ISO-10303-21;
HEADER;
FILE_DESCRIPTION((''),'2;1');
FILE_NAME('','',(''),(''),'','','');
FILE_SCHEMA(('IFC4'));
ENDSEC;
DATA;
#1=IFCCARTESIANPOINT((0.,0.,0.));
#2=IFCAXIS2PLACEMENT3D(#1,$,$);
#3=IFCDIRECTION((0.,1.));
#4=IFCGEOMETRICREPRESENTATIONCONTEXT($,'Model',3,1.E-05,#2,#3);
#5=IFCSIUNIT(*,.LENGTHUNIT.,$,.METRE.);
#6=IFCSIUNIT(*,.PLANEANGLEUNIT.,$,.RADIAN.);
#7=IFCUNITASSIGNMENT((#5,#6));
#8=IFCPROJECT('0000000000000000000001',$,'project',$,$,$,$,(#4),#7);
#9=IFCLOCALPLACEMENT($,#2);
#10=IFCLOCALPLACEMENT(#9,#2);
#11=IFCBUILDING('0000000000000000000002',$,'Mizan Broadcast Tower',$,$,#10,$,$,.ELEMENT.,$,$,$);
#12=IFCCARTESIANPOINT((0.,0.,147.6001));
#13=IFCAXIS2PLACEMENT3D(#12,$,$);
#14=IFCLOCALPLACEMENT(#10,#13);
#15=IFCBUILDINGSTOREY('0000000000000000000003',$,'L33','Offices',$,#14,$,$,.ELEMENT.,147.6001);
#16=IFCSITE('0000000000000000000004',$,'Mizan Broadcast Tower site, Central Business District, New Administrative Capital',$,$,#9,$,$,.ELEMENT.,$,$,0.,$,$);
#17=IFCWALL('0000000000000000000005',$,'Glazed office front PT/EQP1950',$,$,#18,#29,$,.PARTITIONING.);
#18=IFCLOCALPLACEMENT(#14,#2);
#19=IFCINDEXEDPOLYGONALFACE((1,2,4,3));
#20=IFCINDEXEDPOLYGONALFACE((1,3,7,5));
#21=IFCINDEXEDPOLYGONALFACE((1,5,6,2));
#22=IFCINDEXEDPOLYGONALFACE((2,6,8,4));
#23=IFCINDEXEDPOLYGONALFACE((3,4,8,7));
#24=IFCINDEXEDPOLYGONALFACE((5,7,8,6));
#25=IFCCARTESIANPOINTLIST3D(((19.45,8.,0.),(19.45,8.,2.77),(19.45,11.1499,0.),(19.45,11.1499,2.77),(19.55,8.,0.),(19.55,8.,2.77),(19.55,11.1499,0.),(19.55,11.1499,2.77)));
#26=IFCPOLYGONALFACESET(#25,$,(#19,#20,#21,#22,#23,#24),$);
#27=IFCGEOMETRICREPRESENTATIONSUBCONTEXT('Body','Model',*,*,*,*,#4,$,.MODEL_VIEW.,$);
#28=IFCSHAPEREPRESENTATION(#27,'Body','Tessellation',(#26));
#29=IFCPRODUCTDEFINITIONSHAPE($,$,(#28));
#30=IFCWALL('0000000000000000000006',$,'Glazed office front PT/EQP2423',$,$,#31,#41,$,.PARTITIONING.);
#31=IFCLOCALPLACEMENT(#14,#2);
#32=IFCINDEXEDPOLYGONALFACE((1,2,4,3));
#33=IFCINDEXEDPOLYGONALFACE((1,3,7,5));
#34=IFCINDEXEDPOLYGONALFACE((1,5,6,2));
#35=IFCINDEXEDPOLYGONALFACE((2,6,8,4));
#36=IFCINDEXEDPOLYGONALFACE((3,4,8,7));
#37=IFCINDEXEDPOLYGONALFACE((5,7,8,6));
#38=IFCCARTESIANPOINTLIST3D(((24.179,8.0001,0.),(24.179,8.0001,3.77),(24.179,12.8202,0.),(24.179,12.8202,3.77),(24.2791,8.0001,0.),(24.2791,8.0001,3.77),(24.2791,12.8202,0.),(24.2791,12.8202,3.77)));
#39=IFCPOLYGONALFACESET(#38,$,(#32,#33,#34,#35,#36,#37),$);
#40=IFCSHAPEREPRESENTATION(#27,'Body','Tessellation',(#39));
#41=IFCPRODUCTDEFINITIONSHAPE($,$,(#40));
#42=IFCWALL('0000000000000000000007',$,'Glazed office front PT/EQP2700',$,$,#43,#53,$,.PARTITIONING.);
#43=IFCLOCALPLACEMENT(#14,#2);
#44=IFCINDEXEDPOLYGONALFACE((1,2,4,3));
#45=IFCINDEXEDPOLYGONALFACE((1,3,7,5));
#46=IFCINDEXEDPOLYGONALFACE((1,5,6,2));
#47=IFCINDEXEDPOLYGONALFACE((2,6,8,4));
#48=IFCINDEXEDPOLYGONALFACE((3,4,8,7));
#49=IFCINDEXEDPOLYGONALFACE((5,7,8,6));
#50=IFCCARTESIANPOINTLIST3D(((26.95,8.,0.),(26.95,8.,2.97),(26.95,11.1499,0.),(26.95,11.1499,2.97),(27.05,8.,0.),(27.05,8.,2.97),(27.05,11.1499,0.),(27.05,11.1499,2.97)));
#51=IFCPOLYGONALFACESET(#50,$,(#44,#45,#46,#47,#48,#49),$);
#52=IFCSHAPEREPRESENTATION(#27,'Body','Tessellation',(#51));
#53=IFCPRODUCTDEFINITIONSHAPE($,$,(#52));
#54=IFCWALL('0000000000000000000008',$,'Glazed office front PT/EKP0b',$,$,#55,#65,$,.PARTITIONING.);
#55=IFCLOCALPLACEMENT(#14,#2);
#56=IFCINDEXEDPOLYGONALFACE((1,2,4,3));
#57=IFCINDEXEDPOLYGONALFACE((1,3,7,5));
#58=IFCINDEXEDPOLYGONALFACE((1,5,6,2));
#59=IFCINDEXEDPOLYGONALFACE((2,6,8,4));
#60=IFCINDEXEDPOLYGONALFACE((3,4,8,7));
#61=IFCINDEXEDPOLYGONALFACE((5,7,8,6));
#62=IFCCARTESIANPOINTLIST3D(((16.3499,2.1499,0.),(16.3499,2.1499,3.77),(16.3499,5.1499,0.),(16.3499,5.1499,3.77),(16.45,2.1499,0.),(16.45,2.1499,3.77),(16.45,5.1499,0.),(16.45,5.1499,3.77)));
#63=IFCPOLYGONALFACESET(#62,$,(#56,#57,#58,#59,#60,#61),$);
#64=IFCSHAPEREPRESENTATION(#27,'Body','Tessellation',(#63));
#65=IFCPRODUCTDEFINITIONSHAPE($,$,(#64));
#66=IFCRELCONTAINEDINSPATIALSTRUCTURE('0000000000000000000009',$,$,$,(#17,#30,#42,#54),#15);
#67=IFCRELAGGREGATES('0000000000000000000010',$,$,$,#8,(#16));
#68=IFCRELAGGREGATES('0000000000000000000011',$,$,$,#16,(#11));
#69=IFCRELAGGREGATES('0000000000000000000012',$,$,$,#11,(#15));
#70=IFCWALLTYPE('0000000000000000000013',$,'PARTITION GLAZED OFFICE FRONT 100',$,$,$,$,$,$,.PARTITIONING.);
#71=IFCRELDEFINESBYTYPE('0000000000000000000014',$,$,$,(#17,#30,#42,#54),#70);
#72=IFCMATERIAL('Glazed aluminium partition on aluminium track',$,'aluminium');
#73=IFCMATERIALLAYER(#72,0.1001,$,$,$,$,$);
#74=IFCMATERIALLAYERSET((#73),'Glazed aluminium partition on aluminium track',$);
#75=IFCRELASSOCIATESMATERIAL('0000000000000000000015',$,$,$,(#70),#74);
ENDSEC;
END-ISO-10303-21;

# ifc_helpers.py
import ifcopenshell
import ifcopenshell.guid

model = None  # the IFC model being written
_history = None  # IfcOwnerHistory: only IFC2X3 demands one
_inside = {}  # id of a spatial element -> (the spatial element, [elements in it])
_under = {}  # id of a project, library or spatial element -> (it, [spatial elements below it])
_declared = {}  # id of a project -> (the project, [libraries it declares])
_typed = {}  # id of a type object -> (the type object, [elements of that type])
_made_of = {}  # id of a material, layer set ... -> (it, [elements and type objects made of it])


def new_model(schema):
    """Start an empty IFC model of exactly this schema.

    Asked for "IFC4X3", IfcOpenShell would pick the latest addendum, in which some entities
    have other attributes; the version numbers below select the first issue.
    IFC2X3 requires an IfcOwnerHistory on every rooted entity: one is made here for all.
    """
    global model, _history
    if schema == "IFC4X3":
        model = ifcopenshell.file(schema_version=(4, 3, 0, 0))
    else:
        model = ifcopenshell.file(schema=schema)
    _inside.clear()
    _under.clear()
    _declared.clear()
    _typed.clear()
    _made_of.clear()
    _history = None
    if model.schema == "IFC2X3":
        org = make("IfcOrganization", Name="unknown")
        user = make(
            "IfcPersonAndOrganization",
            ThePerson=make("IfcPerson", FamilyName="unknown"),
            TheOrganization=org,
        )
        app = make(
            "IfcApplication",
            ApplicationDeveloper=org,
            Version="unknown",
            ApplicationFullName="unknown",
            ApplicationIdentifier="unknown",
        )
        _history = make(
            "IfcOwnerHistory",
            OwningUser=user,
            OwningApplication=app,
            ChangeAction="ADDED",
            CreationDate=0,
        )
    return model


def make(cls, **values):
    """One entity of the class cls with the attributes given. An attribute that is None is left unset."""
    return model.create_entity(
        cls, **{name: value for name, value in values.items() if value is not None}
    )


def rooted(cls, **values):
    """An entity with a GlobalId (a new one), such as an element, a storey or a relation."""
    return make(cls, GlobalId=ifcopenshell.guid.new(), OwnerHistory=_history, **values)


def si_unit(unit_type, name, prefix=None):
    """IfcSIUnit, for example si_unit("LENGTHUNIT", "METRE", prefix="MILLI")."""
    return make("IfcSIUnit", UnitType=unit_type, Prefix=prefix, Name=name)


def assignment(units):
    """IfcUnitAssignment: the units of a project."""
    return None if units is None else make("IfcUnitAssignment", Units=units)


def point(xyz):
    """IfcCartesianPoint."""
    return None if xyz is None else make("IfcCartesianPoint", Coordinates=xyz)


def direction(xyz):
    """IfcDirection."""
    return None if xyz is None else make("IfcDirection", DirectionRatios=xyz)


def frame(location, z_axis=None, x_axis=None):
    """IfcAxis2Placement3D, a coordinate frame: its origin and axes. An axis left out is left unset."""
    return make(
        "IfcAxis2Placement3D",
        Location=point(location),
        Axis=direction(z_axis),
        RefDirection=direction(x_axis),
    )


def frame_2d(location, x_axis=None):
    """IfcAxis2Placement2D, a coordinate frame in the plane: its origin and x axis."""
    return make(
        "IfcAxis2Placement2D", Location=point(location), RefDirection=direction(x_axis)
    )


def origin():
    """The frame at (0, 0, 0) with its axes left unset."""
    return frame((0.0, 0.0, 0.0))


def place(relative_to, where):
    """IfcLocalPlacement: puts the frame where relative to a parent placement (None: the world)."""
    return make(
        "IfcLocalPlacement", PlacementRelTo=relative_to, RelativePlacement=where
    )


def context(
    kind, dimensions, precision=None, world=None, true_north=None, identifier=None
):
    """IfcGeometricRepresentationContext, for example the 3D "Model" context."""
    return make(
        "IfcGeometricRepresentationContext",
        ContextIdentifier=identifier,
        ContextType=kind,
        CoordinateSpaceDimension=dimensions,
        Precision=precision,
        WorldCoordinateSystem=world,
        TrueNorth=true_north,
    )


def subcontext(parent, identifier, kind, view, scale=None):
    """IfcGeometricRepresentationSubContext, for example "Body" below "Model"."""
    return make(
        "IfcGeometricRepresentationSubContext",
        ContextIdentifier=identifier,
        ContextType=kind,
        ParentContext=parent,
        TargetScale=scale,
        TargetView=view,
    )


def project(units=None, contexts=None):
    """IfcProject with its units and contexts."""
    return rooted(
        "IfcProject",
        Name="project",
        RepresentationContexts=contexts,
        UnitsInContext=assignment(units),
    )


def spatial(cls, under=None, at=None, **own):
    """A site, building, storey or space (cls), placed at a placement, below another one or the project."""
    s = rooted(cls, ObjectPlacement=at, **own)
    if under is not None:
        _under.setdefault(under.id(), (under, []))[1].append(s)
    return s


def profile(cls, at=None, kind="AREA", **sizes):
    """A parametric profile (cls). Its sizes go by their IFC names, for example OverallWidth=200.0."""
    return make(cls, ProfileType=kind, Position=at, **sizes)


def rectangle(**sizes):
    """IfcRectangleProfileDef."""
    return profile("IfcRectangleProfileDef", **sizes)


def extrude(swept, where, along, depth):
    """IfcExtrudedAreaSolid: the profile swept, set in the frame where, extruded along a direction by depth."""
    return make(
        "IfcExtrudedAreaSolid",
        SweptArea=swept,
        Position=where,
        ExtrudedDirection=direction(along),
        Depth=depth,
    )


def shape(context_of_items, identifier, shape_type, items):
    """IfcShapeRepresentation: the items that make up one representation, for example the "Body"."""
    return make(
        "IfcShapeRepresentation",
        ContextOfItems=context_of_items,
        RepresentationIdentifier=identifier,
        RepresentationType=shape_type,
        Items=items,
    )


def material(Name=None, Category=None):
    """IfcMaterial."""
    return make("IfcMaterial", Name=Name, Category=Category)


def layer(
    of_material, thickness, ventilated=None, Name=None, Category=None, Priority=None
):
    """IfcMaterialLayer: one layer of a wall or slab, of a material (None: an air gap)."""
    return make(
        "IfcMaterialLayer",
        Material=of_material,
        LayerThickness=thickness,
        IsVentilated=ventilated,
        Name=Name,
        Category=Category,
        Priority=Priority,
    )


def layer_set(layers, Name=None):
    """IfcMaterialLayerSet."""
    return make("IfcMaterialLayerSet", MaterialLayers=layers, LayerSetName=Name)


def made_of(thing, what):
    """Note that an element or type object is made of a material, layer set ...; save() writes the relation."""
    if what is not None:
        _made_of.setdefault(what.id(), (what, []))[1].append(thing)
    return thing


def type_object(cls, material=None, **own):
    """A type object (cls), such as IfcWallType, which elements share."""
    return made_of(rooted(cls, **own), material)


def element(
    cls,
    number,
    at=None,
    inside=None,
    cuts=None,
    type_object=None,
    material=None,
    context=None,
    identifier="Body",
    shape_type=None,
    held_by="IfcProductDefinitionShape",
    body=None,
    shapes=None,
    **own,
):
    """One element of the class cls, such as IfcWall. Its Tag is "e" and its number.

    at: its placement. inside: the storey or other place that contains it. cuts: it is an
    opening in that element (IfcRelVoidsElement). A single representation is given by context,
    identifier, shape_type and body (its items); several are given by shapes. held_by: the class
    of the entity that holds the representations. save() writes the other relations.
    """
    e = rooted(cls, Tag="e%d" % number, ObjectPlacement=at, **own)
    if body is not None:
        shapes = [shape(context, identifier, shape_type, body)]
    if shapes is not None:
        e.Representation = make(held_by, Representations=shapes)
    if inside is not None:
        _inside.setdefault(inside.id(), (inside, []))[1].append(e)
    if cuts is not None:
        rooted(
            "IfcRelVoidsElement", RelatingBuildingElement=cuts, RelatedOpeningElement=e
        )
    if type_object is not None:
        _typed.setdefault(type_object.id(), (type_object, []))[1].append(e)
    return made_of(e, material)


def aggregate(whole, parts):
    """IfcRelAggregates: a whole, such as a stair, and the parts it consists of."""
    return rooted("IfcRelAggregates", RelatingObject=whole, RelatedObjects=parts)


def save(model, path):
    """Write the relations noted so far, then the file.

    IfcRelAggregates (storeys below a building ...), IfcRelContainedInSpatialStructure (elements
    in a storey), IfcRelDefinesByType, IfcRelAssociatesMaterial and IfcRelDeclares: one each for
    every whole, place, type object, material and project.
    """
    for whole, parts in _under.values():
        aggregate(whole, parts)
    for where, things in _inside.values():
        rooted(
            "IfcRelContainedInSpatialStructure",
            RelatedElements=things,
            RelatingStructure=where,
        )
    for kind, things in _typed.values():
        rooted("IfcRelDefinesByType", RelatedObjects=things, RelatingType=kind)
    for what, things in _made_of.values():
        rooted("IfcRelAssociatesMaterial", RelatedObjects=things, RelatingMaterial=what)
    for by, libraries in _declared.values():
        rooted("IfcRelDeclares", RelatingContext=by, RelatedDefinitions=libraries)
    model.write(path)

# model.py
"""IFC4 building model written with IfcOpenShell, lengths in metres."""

from ifc_helpers import new_model, si_unit, direction, frame, frame_2d, origin, place, context, subcontext, project, spatial, rectangle, extrude, material, layer, layer_set, type_object, element, save


model = new_model("IFC4")

# Units and contexts
model_context = context("Model", 3, precision=1e-05, world=origin(), true_north=direction((0.0, 1.0)))
body_context = subcontext(model_context, "Body", "Model", "MODEL_VIEW")
ifc_project = project(units=[si_unit("LENGTHUNIT", "METRE"), si_unit("PLANEANGLEUNIT", "RADIAN")], contexts=[model_context])

# Site, building, storey
site_placement = place(None, origin())
site = spatial("IfcSite", under=ifc_project, at=site_placement, Name="Mizan Broadcast Tower site, Central Business District, New Administrative Capital", CompositionType="ELEMENT", RefElevation=0.0)
building_placement = place(site_placement, origin())
building = spatial("IfcBuilding", under=site, at=building_placement, Name="Mizan Broadcast Tower", CompositionType="ELEMENT")
storey_placement = place(building_placement, frame((0.0, 0.0, 147.6001)))
storey = spatial("IfcBuildingStorey", under=building, at=storey_placement, Name="L33", Description="Offices", CompositionType="ELEMENT", Elevation=147.6001)

# Shared definitions
ifc_material_1 = material(Name="Glazed aluminium partition on aluminium track", Category="aluminium")
ifc_layer_1 = layer(ifc_material_1, 0.1001)
ifc_layer_set_1 = layer_set([ifc_layer_1], Name="Glazed aluminium partition on aluminium track")
wall_type_1 = type_object("IfcWallType", Name="PARTITION GLAZED OFFICE FRONT 100", PredefinedType="PARTITIONING", material=ifc_layer_set_1)

# Walls
wall_1_placement = place(storey_placement, frame((19.5, 8.0, 0.0), z_axis=(0.0, 0.0, 1.0), x_axis=(0.0, 1.0, 0.0)))
element("IfcWall", 1, at=wall_1_placement, inside=storey, type_object=wall_type_1, Name="Glazed office front PT/EQP1950", PredefinedType="PARTITIONING", context=body_context, shape_type="SweptSolid", body=[
    extrude(rectangle(XDim=3.1499, YDim=0.1001, at=frame_2d((1.575, 0.0))), origin(), (0.0, 0.0, 1.0), 2.77),
])
wall_2_placement = place(storey_placement, frame((24.229, 8.0, 0.0), z_axis=(0.0, 0.0, 1.0), x_axis=(0.0, 1.0, 0.0)))
element("IfcWall", 2, at=wall_2_placement, inside=storey, type_object=wall_type_1, Name="Glazed office front PT/EQP2423", PredefinedType="PARTITIONING", context=body_context, shape_type="SweptSolid", body=[
    extrude(rectangle(XDim=4.8201, YDim=0.1001, at=frame_2d((2.4102, 0.0))), origin(), (0.0, 0.0, 1.0), 3.77),
])
wall_3_placement = place(storey_placement, frame((27.0, 8.0, 0.0), z_axis=(0.0, 0.0, 1.0), x_axis=(0.0, 1.0, 0.0)))
element("IfcWall", 3, at=wall_3_placement, inside=storey, type_object=wall_type_1, Name="Glazed office front PT/EQP2700", PredefinedType="PARTITIONING", context=body_context, shape_type="SweptSolid", body=[
    extrude(rectangle(XDim=3.1499, YDim=0.1001, at=frame_2d((1.575, 0.0))), origin(), (0.0, 0.0, 1.0), 2.97),
])
wall_4_placement = place(storey_placement, frame((16.3999, 2.1499, 0.0), z_axis=(0.0, 0.0, 1.0), x_axis=(0.0, 1.0, 0.0)))
element("IfcWall", 4, at=wall_4_placement, inside=storey, type_object=wall_type_1, Name="Glazed office front PT/EKP0b", PredefinedType="PARTITIONING", context=body_context, shape_type="SweptSolid", body=[
    extrude(rectangle(XDim=3.0, YDim=0.1001, at=frame_2d((1.5, 0.0))), origin(), (0.0, 0.0, 1.0), 3.77),
])

save(model, "model.ifc")
